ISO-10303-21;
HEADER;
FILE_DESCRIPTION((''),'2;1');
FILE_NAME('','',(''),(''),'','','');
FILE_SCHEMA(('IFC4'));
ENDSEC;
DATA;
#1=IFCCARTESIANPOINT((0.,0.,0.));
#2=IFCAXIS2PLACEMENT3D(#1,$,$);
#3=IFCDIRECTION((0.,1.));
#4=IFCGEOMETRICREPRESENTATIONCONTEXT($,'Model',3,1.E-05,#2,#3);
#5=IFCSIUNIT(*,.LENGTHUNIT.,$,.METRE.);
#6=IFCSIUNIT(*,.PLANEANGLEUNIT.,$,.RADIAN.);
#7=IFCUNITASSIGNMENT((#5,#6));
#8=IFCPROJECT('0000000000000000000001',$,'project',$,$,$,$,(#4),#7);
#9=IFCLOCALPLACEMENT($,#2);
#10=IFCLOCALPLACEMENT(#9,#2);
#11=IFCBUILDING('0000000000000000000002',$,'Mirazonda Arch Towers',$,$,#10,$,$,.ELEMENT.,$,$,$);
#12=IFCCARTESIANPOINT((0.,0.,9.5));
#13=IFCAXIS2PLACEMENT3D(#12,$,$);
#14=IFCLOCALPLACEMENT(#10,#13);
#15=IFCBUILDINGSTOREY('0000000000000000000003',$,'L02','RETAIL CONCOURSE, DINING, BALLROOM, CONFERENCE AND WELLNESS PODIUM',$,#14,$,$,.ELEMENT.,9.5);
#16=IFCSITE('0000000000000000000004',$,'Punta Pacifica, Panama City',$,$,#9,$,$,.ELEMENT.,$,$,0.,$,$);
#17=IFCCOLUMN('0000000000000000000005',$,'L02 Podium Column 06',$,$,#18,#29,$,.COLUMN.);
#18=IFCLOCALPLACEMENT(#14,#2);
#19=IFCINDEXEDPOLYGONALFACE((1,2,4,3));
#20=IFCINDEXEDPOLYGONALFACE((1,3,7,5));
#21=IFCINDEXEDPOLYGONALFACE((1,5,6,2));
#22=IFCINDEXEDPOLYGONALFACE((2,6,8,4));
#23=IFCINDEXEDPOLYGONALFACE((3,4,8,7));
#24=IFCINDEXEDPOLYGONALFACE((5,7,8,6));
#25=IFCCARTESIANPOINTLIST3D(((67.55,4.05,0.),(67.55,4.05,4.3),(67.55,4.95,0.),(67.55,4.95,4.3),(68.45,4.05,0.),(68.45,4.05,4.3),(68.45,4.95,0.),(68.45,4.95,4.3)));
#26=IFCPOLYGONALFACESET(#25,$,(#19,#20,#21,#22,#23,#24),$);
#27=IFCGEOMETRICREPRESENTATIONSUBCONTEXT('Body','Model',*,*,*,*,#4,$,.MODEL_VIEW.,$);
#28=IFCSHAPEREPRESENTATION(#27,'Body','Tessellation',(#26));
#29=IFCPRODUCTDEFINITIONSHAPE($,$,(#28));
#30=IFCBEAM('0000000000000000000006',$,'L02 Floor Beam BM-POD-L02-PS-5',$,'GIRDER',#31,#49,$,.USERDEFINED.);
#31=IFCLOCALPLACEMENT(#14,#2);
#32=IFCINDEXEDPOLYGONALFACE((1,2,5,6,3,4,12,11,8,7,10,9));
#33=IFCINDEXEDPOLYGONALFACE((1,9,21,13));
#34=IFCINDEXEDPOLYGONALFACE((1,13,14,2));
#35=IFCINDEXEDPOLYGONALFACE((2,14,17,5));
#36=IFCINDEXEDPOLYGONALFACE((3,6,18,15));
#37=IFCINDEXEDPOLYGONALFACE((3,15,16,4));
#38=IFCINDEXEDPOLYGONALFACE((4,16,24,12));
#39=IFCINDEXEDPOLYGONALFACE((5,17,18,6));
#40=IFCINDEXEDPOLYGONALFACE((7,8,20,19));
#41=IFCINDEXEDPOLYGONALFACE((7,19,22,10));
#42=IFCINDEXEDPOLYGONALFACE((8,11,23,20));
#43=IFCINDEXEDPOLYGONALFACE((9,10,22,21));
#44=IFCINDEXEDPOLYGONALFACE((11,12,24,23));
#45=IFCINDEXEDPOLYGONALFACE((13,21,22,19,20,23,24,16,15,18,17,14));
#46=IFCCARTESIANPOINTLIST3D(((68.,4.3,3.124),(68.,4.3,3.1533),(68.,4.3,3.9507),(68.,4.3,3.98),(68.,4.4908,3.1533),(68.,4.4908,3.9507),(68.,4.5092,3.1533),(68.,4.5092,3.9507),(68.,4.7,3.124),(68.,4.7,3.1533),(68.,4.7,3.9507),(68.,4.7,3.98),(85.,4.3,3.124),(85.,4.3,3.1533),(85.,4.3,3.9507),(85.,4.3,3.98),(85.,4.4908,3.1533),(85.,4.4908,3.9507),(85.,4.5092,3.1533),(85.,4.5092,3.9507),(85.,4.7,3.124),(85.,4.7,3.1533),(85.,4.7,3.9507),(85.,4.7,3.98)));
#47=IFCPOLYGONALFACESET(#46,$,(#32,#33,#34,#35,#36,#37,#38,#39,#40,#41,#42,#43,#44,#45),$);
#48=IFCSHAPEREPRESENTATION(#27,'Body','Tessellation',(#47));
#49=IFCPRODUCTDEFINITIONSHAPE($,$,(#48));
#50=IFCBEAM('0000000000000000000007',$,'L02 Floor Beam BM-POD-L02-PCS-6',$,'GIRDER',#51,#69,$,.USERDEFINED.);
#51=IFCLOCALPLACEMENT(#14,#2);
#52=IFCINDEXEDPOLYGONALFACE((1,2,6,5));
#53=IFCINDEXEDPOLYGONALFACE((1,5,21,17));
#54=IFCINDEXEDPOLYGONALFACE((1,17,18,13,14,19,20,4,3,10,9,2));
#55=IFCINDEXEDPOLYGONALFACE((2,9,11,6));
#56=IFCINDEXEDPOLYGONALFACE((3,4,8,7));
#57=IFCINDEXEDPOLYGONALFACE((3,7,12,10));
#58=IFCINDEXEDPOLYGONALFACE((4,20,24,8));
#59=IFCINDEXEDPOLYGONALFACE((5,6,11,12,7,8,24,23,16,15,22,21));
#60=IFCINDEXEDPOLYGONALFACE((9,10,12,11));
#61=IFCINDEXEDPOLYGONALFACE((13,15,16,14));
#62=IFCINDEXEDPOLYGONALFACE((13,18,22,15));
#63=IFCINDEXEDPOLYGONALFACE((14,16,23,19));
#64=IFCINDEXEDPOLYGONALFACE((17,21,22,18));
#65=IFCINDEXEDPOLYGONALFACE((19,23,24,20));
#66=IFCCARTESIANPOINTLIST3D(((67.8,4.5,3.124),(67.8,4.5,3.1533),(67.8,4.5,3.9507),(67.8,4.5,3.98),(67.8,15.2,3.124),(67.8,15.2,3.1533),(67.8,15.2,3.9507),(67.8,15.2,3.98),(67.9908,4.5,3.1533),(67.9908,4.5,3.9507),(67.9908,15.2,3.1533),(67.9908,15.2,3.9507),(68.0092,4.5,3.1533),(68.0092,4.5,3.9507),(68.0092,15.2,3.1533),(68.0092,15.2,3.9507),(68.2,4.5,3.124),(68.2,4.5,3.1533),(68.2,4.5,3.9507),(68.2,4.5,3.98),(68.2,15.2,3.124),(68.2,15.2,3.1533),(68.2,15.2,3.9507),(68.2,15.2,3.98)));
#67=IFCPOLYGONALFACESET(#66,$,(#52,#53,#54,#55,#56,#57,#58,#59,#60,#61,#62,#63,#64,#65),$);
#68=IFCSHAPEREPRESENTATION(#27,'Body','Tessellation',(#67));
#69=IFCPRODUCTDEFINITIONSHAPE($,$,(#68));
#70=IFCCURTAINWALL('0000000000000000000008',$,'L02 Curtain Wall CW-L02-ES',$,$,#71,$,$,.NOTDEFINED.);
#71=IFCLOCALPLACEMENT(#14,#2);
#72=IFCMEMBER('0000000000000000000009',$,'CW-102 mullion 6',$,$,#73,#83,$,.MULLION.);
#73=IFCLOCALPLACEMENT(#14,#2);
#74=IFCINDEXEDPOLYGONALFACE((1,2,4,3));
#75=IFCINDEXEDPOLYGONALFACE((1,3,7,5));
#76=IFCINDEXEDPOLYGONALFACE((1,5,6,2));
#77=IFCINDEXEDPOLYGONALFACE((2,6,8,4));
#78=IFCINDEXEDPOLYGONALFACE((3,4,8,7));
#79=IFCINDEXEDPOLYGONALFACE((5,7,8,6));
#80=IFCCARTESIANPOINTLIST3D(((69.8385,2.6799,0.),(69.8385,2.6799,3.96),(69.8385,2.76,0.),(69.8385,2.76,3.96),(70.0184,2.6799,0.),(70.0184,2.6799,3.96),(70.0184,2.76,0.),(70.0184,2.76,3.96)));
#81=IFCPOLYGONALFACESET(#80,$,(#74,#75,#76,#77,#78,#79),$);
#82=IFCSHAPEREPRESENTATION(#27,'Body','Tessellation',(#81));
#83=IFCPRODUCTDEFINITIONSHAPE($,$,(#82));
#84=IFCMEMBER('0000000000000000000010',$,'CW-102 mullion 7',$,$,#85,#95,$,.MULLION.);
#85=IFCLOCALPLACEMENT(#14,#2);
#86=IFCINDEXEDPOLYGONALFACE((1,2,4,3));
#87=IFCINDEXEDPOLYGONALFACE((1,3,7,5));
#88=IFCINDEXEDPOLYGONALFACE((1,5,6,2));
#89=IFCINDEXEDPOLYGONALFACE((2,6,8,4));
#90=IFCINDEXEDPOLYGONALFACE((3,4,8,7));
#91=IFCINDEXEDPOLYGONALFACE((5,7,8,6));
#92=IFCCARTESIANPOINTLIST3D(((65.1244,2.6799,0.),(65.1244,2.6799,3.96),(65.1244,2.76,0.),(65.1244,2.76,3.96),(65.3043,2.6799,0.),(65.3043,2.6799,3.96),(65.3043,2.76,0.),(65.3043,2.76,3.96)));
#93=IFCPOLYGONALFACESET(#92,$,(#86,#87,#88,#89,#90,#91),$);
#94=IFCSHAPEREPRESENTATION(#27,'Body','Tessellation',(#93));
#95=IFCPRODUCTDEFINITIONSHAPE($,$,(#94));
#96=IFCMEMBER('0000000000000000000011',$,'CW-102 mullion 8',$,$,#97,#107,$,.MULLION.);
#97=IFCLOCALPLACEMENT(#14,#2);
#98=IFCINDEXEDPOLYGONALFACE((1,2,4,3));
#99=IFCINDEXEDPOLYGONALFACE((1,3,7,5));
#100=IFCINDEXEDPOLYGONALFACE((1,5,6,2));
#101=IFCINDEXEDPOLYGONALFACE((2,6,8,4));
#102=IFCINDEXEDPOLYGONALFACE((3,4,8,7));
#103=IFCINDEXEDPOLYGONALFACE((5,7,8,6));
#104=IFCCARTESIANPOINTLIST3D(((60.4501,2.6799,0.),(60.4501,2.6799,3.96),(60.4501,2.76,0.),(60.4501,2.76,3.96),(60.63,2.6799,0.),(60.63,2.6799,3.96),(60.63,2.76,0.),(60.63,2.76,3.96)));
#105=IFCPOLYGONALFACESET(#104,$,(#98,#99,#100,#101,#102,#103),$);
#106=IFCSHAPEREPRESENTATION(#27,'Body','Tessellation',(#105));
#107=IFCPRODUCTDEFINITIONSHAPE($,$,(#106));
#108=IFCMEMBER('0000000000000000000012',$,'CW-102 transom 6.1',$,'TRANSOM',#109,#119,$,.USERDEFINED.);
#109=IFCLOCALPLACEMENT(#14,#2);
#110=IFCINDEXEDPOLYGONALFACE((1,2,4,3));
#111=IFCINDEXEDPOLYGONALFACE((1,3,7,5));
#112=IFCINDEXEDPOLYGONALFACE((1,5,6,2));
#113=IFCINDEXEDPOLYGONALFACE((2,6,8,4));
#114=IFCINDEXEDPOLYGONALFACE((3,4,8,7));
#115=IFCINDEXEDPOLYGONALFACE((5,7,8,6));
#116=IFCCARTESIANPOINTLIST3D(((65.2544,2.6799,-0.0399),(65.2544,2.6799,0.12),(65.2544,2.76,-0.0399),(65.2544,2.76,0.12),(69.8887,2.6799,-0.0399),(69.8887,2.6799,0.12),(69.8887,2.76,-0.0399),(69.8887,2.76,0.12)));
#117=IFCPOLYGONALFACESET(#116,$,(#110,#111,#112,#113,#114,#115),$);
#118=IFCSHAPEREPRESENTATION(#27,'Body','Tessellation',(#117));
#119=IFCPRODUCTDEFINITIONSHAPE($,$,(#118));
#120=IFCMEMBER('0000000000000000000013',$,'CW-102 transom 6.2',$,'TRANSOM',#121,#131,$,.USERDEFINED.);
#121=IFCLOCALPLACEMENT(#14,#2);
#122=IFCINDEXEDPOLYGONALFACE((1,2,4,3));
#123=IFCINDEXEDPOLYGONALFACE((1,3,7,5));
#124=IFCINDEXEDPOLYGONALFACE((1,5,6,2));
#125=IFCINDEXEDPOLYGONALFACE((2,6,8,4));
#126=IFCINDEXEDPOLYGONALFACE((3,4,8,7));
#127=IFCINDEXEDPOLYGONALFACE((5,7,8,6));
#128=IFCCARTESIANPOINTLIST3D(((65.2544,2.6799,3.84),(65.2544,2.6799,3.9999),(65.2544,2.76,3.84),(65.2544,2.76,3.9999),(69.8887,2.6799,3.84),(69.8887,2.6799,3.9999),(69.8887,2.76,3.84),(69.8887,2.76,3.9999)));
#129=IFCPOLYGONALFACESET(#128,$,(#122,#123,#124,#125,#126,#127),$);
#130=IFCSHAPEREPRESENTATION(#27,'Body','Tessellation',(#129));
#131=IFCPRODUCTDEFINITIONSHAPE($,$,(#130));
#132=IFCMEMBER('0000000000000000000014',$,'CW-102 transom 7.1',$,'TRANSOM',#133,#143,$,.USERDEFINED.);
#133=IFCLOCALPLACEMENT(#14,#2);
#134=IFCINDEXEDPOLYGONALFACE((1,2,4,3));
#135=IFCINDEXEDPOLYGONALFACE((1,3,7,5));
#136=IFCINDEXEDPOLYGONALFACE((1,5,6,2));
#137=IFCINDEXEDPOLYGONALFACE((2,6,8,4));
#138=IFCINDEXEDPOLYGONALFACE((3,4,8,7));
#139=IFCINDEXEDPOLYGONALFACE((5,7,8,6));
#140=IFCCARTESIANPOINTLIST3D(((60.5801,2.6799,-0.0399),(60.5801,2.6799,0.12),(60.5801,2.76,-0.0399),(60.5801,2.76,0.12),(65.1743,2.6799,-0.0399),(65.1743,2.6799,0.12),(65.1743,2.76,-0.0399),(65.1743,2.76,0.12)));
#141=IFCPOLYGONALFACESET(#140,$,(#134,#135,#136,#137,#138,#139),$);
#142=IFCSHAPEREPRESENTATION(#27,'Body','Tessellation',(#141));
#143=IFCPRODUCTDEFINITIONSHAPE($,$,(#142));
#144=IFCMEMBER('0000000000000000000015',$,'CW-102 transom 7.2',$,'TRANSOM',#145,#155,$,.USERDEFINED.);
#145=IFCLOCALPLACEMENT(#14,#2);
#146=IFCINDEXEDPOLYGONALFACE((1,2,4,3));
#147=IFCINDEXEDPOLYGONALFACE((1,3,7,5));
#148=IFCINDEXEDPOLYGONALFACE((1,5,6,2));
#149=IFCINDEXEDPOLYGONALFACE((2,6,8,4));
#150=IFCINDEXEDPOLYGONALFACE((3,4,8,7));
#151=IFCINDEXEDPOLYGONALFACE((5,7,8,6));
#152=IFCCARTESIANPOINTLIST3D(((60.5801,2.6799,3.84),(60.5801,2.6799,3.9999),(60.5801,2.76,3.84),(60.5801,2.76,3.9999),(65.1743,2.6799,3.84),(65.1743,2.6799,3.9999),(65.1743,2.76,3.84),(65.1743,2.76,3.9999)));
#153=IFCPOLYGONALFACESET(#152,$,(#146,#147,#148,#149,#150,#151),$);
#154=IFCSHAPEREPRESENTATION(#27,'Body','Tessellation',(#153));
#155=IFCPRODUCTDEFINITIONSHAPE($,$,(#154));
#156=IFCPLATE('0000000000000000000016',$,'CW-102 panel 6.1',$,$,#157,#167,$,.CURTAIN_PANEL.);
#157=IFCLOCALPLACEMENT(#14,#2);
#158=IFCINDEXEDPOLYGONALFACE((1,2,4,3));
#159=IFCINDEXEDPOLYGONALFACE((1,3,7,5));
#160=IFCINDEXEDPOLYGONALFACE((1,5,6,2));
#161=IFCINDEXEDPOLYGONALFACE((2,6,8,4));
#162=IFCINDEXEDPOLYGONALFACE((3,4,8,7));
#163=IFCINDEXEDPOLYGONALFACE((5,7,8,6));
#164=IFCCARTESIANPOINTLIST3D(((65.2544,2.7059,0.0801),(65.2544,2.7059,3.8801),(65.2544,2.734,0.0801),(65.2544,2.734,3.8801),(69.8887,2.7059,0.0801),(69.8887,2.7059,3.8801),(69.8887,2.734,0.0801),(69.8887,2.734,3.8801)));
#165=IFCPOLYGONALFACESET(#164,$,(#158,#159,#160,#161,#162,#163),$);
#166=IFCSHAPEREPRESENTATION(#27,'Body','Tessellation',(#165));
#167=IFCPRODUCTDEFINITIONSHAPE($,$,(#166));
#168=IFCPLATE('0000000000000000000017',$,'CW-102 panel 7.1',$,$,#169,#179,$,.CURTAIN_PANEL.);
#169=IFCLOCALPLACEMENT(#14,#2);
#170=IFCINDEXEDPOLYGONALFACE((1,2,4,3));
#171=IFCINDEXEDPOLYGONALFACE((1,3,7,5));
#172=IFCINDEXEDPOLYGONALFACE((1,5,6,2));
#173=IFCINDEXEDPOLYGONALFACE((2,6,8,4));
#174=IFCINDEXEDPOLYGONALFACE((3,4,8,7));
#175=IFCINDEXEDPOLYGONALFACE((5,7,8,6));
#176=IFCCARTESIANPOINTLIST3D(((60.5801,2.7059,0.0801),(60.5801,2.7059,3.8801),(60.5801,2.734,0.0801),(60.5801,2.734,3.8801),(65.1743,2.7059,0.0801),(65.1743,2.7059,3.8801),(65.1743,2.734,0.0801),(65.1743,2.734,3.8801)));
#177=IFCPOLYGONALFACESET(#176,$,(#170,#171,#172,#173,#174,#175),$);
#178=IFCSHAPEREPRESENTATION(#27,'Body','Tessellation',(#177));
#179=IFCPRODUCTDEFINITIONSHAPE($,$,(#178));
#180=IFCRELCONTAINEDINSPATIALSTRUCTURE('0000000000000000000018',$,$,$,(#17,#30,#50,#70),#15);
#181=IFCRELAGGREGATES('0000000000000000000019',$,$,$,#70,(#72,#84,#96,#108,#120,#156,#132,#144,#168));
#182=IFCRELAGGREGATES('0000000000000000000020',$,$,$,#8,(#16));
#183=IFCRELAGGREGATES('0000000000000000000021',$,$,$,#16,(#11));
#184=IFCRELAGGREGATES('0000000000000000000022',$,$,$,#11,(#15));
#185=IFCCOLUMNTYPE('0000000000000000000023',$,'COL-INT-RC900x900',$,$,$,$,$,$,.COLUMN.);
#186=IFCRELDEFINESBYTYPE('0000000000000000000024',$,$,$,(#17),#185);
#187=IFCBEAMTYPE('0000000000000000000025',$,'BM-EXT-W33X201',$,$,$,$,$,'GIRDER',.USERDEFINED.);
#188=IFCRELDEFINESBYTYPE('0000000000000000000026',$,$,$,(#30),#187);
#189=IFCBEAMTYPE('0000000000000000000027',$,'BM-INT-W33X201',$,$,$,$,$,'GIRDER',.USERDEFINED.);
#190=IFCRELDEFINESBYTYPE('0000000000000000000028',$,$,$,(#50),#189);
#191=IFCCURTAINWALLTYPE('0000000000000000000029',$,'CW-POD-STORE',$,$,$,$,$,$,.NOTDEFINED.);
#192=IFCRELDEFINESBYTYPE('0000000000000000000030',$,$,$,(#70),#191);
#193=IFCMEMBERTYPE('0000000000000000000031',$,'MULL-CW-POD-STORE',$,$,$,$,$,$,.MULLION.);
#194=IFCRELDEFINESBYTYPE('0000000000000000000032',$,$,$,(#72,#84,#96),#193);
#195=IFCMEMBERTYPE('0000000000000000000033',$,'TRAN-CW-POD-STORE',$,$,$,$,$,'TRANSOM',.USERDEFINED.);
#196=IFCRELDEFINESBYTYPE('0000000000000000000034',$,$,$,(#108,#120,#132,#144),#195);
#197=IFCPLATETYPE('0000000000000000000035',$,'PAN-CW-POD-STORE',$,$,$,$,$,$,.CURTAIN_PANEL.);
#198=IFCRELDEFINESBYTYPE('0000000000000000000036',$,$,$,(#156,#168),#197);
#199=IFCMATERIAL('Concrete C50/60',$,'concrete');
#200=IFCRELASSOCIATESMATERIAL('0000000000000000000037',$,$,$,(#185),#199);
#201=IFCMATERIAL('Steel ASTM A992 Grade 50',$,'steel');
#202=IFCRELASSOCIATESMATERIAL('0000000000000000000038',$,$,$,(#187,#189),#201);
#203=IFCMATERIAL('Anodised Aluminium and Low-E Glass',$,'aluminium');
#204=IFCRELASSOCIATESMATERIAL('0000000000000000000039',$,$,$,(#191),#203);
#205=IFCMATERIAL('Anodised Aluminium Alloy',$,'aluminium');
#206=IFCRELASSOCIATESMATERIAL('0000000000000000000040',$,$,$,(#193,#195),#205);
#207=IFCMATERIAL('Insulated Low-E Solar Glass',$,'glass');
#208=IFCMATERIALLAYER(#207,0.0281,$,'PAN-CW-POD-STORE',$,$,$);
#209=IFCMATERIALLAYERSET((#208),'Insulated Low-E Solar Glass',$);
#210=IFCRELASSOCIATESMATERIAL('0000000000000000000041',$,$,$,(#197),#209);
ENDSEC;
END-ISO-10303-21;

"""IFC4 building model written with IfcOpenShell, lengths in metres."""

from ifc_helpers import new_model, si_unit, direction, frame, origin, origin_2d, place, context, subcontext, project, spatial, rectangle, i_section, extrude, material, layer, layer_set, material_profile, profile_set, type_object, element, aggregate, save


model = new_model("IFC4")

# Units and contexts
model_context = context("Model", 3, precision=1e-05, world=origin(), true_north=direction((0.0, 1.0)))
body_context = subcontext(model_context, "Body", "Model", "MODEL_VIEW")
ifc_project = project(units=[si_unit("LENGTHUNIT", "METRE"), si_unit("PLANEANGLEUNIT", "RADIAN")], contexts=[model_context])

# Site, building, storey
site_placement = place(None, origin())
site = spatial("IfcSite", under=ifc_project, at=site_placement, Name="Punta Pacifica, Panama City", CompositionType="ELEMENT", RefElevation=0.0)
building_placement = place(site_placement, origin())
building = spatial("IfcBuilding", under=site, at=building_placement, Name="Mirazonda Arch Towers", CompositionType="ELEMENT")
storey_placement = place(building_placement, frame((0.0, 0.0, 9.5)))
storey = spatial("IfcBuildingStorey", under=building, at=storey_placement, Name="L02", Description="RETAIL CONCOURSE, DINING, BALLROOM, CONFERENCE AND WELLNESS PODIUM", CompositionType="ELEMENT", Elevation=9.5)

# Column
ifc_material_1 = material(Name="Concrete C50/60", Category="concrete")
ifc_material_profile_1 = material_profile(ifc_material_1, rectangle(XDim=0.8999, YDim=0.8999, at=origin_2d()), Name="RC900x900")
ifc_profile_set_1 = profile_set([ifc_material_profile_1], Name="Concrete C50/60")
column_type = type_object("IfcColumnType", Name="COL-INT-RC900x900", PredefinedType="COLUMN", material=ifc_profile_set_1)
column_placement = place(storey_placement, frame((68.0, 4.5, 0.0), z_axis=(0.0, 0.0, 1.0), x_axis=(1.0, 0.0, 0.0)))
element("IfcColumn", 1, at=column_placement, inside=storey, type_object=column_type, Name="L02 Podium Column 06", PredefinedType="COLUMN", context=body_context, shape_type="SweptSolid", body=[
    extrude(rectangle(XDim=0.8999, YDim=0.8999, at=origin_2d()), origin(), (0.0, 0.0, 1.0), 4.3),
])

# Beams
ifc_material_2 = material(Name="Steel ASTM A992 Grade 50", Category="steel")
ifc_material_profile_2 = material_profile(ifc_material_2, i_section(OverallWidth=0.3999, OverallDepth=0.856, WebThickness=0.0183, FlangeThickness=0.0293, at=origin_2d()), Name="W33X201")
ifc_profile_set_2 = profile_set([ifc_material_profile_2], Name="Steel ASTM A992 Grade 50")
beam_type_1 = type_object("IfcBeamType", Name="BM-EXT-W33X201", ElementType="GIRDER", PredefinedType="USERDEFINED", material=ifc_profile_set_2)
beam_1_placement = place(storey_placement, frame((68.0, 4.5, 3.552), z_axis=(1.0, 0.0, 0.0), x_axis=(0.0, 1.0, 0.0)))
element("IfcBeam", 2, at=beam_1_placement, inside=storey, type_object=beam_type_1, Name="L02 Floor Beam BM-POD-L02-PS-5", ObjectType="GIRDER", PredefinedType="USERDEFINED", context=body_context, shape_type="SweptSolid", body=[
    extrude(i_section(OverallWidth=0.3999, OverallDepth=0.856, WebThickness=0.0183, FlangeThickness=0.0293, at=origin_2d()), origin(), (0.0, 0.0, 1.0), 17.0),
])
ifc_material_profile_3 = material_profile(ifc_material_2, i_section(OverallWidth=0.3999, OverallDepth=0.856, WebThickness=0.0183, FlangeThickness=0.0293, at=origin_2d()), Name="W33X201")
ifc_profile_set_3 = profile_set([ifc_material_profile_3], Name="Steel ASTM A992 Grade 50")
beam_type_2 = type_object("IfcBeamType", Name="BM-INT-W33X201", ElementType="GIRDER", PredefinedType="USERDEFINED", material=ifc_profile_set_3)
beam_2_placement = place(storey_placement, frame((68.0, 4.5, 3.552), z_axis=(0.0, 1.0, 0.0), x_axis=(-1.0, 0.0, 0.0)))
element("IfcBeam", 3, at=beam_2_placement, inside=storey, type_object=beam_type_2, Name="L02 Floor Beam BM-POD-L02-PCS-6", ObjectType="GIRDER", PredefinedType="USERDEFINED", context=body_context, shape_type="SweptSolid", body=[
    extrude(i_section(OverallWidth=0.3999, OverallDepth=0.856, WebThickness=0.0183, FlangeThickness=0.0293, at=origin_2d()), origin(), (0.0, 0.0, 1.0), 10.7),
])

# Curtain wall, members, plates
ifc_material_3 = material(Name="Anodised Aluminium and Low-E Glass", Category="aluminium")
curtain_wall_type = type_object("IfcCurtainWallType", Name="CW-POD-STORE", PredefinedType="NOTDEFINED", material=ifc_material_3)
curtain_wall_placement = place(storey_placement, origin())
curtain_wall = element("IfcCurtainWall", 4, at=curtain_wall_placement, inside=storey, type_object=curtain_wall_type, Name="L02 Curtain Wall CW-L02-ES", PredefinedType="NOTDEFINED")
ifc_material_4 = material(Name="Anodised Aluminium Alloy", Category="aluminium")
ifc_material_profile_4 = material_profile(ifc_material_4, rectangle(XDim=0.0801, YDim=0.1799, at=origin_2d()), Name="ALU-MULL-80x180")
ifc_profile_set_4 = profile_set([ifc_material_profile_4], Name="Anodised Aluminium Alloy")
member_type_1 = type_object("IfcMemberType", Name="MULL-CW-POD-STORE", PredefinedType="MULLION", material=ifc_profile_set_4)
member_1_placement = place(storey_placement, frame((69.9285, 2.72, 0.0), z_axis=(0.0, 0.0, 1.0), x_axis=(0.0, -1.0, 0.0)))
member_1 = element("IfcMember", 5, at=member_1_placement, type_object=member_type_1, Name="CW-102 mullion 6", PredefinedType="MULLION", context=body_context, shape_type="SweptSolid", body=[
    extrude(rectangle(XDim=0.0801, YDim=0.1799, at=origin_2d()), origin(), (0.0, 0.0, 1.0), 3.96),
])
member_2_placement = place(storey_placement, frame((65.2144, 2.72, 0.0), z_axis=(0.0, 0.0, 1.0), x_axis=(0.0, -1.0, 0.0)))
member_2 = element("IfcMember", 6, at=member_2_placement, type_object=member_type_1, Name="CW-102 mullion 7", PredefinedType="MULLION", context=body_context, shape_type="SweptSolid", body=[
    extrude(rectangle(XDim=0.0801, YDim=0.1799, at=origin_2d()), origin(), (0.0, 0.0, 1.0), 3.96),
])
member_3_placement = place(storey_placement, frame((60.54, 2.72, 0.0), z_axis=(0.0, 0.0, 1.0), x_axis=(0.0, -1.0, 0.0)))
member_3 = element("IfcMember", 7, at=member_3_placement, type_object=member_type_1, Name="CW-102 mullion 8", PredefinedType="MULLION", context=body_context, shape_type="SweptSolid", body=[
    extrude(rectangle(XDim=0.0801, YDim=0.1799, at=origin_2d()), origin(), (0.0, 0.0, 1.0), 3.96),
])
ifc_material_profile_5 = material_profile(ifc_material_4, rectangle(XDim=0.0801, YDim=0.1599, at=origin_2d()), Name="ALU-TRAN-80x160")
ifc_profile_set_5 = profile_set([ifc_material_profile_5], Name="Anodised Aluminium Alloy")
member_type_2 = type_object("IfcMemberType", Name="TRAN-CW-POD-STORE", ElementType="TRANSOM", PredefinedType="USERDEFINED", material=ifc_profile_set_5)
member_4_placement = place(storey_placement, frame((69.8887, 2.72, 0.04), z_axis=(-1.0, 0.0, 0.0), x_axis=(0.0, -1.0, 0.0)))
member_4 = element("IfcMember", 8, at=member_4_placement, type_object=member_type_2, Name="CW-102 transom 6.1", ObjectType="TRANSOM", PredefinedType="USERDEFINED", context=body_context, shape_type="SweptSolid", body=[
    extrude(rectangle(XDim=0.0801, YDim=0.1599, at=origin_2d()), origin(), (0.0, 0.0, 1.0), 4.6343),
])
member_5_placement = place(storey_placement, frame((69.8887, 2.72, 3.9199), z_axis=(-1.0, 0.0, 0.0), x_axis=(0.0, -1.0, 0.0)))
member_5 = element("IfcMember", 9, at=member_5_placement, type_object=member_type_2, Name="CW-102 transom 6.2", ObjectType="TRANSOM", PredefinedType="USERDEFINED", context=body_context, shape_type="SweptSolid", body=[
    extrude(rectangle(XDim=0.0801, YDim=0.1599, at=origin_2d()), origin(), (0.0, 0.0, 1.0), 4.6343),
])
member_6_placement = place(storey_placement, frame((65.1743, 2.72, 0.04), z_axis=(-1.0, 0.0, 0.0), x_axis=(0.0, -1.0, 0.0)))
member_6 = element("IfcMember", 10, at=member_6_placement, type_object=member_type_2, Name="CW-102 transom 7.1", ObjectType="TRANSOM", PredefinedType="USERDEFINED", context=body_context, shape_type="SweptSolid", body=[
    extrude(rectangle(XDim=0.0801, YDim=0.1599, at=origin_2d()), origin(), (0.0, 0.0, 1.0), 4.5942),
])
member_7_placement = place(storey_placement, frame((65.1743, 2.72, 3.9199), z_axis=(-1.0, 0.0, 0.0), x_axis=(0.0, -1.0, 0.0)))
member_7 = element("IfcMember", 11, at=member_7_placement, type_object=member_type_2, Name="CW-102 transom 7.2", ObjectType="TRANSOM", PredefinedType="USERDEFINED", context=body_context, shape_type="SweptSolid", body=[
    extrude(rectangle(XDim=0.0801, YDim=0.1599, at=origin_2d()), origin(), (0.0, 0.0, 1.0), 4.5942),
])
ifc_material_5 = material(Name="Insulated Low-E Solar Glass", Category="glass")
ifc_layer_1 = layer(ifc_material_5, 0.0281, Name="PAN-CW-POD-STORE")
ifc_layer_set_1 = layer_set([ifc_layer_1], Name="Insulated Low-E Solar Glass")
plate_type = type_object("IfcPlateType", Name="PAN-CW-POD-STORE", PredefinedType="CURTAIN_PANEL", material=ifc_layer_set_1)
plate_1_placement = place(storey_placement, frame((67.5715, 2.72, 0.0801), z_axis=(0.0, 0.0, 1.0), x_axis=(-1.0, 0.0, 0.0)))
plate_1 = element("IfcPlate", 12, at=plate_1_placement, type_object=plate_type, Name="CW-102 panel 6.1", PredefinedType="CURTAIN_PANEL", context=body_context, shape_type="SweptSolid", body=[
    extrude(rectangle(XDim=4.6343, YDim=0.0281, at=origin_2d()), origin(), (0.0, 0.0, 1.0), 3.8),
])
plate_2_placement = place(storey_placement, frame((62.8772, 2.72, 0.0801), z_axis=(0.0, 0.0, 1.0), x_axis=(-1.0, 0.0, 0.0)))
plate_2 = element("IfcPlate", 13, at=plate_2_placement, type_object=plate_type, Name="CW-102 panel 7.1", PredefinedType="CURTAIN_PANEL", context=body_context, shape_type="SweptSolid", body=[
    extrude(rectangle(XDim=4.5942, YDim=0.0281, at=origin_2d()), origin(), (0.0, 0.0, 1.0), 3.8),
])
aggregate(curtain_wall, [member_1, member_2, member_3, member_4, member_5, plate_1, member_6, member_7, plate_2])

save(model, "model.ifc")
